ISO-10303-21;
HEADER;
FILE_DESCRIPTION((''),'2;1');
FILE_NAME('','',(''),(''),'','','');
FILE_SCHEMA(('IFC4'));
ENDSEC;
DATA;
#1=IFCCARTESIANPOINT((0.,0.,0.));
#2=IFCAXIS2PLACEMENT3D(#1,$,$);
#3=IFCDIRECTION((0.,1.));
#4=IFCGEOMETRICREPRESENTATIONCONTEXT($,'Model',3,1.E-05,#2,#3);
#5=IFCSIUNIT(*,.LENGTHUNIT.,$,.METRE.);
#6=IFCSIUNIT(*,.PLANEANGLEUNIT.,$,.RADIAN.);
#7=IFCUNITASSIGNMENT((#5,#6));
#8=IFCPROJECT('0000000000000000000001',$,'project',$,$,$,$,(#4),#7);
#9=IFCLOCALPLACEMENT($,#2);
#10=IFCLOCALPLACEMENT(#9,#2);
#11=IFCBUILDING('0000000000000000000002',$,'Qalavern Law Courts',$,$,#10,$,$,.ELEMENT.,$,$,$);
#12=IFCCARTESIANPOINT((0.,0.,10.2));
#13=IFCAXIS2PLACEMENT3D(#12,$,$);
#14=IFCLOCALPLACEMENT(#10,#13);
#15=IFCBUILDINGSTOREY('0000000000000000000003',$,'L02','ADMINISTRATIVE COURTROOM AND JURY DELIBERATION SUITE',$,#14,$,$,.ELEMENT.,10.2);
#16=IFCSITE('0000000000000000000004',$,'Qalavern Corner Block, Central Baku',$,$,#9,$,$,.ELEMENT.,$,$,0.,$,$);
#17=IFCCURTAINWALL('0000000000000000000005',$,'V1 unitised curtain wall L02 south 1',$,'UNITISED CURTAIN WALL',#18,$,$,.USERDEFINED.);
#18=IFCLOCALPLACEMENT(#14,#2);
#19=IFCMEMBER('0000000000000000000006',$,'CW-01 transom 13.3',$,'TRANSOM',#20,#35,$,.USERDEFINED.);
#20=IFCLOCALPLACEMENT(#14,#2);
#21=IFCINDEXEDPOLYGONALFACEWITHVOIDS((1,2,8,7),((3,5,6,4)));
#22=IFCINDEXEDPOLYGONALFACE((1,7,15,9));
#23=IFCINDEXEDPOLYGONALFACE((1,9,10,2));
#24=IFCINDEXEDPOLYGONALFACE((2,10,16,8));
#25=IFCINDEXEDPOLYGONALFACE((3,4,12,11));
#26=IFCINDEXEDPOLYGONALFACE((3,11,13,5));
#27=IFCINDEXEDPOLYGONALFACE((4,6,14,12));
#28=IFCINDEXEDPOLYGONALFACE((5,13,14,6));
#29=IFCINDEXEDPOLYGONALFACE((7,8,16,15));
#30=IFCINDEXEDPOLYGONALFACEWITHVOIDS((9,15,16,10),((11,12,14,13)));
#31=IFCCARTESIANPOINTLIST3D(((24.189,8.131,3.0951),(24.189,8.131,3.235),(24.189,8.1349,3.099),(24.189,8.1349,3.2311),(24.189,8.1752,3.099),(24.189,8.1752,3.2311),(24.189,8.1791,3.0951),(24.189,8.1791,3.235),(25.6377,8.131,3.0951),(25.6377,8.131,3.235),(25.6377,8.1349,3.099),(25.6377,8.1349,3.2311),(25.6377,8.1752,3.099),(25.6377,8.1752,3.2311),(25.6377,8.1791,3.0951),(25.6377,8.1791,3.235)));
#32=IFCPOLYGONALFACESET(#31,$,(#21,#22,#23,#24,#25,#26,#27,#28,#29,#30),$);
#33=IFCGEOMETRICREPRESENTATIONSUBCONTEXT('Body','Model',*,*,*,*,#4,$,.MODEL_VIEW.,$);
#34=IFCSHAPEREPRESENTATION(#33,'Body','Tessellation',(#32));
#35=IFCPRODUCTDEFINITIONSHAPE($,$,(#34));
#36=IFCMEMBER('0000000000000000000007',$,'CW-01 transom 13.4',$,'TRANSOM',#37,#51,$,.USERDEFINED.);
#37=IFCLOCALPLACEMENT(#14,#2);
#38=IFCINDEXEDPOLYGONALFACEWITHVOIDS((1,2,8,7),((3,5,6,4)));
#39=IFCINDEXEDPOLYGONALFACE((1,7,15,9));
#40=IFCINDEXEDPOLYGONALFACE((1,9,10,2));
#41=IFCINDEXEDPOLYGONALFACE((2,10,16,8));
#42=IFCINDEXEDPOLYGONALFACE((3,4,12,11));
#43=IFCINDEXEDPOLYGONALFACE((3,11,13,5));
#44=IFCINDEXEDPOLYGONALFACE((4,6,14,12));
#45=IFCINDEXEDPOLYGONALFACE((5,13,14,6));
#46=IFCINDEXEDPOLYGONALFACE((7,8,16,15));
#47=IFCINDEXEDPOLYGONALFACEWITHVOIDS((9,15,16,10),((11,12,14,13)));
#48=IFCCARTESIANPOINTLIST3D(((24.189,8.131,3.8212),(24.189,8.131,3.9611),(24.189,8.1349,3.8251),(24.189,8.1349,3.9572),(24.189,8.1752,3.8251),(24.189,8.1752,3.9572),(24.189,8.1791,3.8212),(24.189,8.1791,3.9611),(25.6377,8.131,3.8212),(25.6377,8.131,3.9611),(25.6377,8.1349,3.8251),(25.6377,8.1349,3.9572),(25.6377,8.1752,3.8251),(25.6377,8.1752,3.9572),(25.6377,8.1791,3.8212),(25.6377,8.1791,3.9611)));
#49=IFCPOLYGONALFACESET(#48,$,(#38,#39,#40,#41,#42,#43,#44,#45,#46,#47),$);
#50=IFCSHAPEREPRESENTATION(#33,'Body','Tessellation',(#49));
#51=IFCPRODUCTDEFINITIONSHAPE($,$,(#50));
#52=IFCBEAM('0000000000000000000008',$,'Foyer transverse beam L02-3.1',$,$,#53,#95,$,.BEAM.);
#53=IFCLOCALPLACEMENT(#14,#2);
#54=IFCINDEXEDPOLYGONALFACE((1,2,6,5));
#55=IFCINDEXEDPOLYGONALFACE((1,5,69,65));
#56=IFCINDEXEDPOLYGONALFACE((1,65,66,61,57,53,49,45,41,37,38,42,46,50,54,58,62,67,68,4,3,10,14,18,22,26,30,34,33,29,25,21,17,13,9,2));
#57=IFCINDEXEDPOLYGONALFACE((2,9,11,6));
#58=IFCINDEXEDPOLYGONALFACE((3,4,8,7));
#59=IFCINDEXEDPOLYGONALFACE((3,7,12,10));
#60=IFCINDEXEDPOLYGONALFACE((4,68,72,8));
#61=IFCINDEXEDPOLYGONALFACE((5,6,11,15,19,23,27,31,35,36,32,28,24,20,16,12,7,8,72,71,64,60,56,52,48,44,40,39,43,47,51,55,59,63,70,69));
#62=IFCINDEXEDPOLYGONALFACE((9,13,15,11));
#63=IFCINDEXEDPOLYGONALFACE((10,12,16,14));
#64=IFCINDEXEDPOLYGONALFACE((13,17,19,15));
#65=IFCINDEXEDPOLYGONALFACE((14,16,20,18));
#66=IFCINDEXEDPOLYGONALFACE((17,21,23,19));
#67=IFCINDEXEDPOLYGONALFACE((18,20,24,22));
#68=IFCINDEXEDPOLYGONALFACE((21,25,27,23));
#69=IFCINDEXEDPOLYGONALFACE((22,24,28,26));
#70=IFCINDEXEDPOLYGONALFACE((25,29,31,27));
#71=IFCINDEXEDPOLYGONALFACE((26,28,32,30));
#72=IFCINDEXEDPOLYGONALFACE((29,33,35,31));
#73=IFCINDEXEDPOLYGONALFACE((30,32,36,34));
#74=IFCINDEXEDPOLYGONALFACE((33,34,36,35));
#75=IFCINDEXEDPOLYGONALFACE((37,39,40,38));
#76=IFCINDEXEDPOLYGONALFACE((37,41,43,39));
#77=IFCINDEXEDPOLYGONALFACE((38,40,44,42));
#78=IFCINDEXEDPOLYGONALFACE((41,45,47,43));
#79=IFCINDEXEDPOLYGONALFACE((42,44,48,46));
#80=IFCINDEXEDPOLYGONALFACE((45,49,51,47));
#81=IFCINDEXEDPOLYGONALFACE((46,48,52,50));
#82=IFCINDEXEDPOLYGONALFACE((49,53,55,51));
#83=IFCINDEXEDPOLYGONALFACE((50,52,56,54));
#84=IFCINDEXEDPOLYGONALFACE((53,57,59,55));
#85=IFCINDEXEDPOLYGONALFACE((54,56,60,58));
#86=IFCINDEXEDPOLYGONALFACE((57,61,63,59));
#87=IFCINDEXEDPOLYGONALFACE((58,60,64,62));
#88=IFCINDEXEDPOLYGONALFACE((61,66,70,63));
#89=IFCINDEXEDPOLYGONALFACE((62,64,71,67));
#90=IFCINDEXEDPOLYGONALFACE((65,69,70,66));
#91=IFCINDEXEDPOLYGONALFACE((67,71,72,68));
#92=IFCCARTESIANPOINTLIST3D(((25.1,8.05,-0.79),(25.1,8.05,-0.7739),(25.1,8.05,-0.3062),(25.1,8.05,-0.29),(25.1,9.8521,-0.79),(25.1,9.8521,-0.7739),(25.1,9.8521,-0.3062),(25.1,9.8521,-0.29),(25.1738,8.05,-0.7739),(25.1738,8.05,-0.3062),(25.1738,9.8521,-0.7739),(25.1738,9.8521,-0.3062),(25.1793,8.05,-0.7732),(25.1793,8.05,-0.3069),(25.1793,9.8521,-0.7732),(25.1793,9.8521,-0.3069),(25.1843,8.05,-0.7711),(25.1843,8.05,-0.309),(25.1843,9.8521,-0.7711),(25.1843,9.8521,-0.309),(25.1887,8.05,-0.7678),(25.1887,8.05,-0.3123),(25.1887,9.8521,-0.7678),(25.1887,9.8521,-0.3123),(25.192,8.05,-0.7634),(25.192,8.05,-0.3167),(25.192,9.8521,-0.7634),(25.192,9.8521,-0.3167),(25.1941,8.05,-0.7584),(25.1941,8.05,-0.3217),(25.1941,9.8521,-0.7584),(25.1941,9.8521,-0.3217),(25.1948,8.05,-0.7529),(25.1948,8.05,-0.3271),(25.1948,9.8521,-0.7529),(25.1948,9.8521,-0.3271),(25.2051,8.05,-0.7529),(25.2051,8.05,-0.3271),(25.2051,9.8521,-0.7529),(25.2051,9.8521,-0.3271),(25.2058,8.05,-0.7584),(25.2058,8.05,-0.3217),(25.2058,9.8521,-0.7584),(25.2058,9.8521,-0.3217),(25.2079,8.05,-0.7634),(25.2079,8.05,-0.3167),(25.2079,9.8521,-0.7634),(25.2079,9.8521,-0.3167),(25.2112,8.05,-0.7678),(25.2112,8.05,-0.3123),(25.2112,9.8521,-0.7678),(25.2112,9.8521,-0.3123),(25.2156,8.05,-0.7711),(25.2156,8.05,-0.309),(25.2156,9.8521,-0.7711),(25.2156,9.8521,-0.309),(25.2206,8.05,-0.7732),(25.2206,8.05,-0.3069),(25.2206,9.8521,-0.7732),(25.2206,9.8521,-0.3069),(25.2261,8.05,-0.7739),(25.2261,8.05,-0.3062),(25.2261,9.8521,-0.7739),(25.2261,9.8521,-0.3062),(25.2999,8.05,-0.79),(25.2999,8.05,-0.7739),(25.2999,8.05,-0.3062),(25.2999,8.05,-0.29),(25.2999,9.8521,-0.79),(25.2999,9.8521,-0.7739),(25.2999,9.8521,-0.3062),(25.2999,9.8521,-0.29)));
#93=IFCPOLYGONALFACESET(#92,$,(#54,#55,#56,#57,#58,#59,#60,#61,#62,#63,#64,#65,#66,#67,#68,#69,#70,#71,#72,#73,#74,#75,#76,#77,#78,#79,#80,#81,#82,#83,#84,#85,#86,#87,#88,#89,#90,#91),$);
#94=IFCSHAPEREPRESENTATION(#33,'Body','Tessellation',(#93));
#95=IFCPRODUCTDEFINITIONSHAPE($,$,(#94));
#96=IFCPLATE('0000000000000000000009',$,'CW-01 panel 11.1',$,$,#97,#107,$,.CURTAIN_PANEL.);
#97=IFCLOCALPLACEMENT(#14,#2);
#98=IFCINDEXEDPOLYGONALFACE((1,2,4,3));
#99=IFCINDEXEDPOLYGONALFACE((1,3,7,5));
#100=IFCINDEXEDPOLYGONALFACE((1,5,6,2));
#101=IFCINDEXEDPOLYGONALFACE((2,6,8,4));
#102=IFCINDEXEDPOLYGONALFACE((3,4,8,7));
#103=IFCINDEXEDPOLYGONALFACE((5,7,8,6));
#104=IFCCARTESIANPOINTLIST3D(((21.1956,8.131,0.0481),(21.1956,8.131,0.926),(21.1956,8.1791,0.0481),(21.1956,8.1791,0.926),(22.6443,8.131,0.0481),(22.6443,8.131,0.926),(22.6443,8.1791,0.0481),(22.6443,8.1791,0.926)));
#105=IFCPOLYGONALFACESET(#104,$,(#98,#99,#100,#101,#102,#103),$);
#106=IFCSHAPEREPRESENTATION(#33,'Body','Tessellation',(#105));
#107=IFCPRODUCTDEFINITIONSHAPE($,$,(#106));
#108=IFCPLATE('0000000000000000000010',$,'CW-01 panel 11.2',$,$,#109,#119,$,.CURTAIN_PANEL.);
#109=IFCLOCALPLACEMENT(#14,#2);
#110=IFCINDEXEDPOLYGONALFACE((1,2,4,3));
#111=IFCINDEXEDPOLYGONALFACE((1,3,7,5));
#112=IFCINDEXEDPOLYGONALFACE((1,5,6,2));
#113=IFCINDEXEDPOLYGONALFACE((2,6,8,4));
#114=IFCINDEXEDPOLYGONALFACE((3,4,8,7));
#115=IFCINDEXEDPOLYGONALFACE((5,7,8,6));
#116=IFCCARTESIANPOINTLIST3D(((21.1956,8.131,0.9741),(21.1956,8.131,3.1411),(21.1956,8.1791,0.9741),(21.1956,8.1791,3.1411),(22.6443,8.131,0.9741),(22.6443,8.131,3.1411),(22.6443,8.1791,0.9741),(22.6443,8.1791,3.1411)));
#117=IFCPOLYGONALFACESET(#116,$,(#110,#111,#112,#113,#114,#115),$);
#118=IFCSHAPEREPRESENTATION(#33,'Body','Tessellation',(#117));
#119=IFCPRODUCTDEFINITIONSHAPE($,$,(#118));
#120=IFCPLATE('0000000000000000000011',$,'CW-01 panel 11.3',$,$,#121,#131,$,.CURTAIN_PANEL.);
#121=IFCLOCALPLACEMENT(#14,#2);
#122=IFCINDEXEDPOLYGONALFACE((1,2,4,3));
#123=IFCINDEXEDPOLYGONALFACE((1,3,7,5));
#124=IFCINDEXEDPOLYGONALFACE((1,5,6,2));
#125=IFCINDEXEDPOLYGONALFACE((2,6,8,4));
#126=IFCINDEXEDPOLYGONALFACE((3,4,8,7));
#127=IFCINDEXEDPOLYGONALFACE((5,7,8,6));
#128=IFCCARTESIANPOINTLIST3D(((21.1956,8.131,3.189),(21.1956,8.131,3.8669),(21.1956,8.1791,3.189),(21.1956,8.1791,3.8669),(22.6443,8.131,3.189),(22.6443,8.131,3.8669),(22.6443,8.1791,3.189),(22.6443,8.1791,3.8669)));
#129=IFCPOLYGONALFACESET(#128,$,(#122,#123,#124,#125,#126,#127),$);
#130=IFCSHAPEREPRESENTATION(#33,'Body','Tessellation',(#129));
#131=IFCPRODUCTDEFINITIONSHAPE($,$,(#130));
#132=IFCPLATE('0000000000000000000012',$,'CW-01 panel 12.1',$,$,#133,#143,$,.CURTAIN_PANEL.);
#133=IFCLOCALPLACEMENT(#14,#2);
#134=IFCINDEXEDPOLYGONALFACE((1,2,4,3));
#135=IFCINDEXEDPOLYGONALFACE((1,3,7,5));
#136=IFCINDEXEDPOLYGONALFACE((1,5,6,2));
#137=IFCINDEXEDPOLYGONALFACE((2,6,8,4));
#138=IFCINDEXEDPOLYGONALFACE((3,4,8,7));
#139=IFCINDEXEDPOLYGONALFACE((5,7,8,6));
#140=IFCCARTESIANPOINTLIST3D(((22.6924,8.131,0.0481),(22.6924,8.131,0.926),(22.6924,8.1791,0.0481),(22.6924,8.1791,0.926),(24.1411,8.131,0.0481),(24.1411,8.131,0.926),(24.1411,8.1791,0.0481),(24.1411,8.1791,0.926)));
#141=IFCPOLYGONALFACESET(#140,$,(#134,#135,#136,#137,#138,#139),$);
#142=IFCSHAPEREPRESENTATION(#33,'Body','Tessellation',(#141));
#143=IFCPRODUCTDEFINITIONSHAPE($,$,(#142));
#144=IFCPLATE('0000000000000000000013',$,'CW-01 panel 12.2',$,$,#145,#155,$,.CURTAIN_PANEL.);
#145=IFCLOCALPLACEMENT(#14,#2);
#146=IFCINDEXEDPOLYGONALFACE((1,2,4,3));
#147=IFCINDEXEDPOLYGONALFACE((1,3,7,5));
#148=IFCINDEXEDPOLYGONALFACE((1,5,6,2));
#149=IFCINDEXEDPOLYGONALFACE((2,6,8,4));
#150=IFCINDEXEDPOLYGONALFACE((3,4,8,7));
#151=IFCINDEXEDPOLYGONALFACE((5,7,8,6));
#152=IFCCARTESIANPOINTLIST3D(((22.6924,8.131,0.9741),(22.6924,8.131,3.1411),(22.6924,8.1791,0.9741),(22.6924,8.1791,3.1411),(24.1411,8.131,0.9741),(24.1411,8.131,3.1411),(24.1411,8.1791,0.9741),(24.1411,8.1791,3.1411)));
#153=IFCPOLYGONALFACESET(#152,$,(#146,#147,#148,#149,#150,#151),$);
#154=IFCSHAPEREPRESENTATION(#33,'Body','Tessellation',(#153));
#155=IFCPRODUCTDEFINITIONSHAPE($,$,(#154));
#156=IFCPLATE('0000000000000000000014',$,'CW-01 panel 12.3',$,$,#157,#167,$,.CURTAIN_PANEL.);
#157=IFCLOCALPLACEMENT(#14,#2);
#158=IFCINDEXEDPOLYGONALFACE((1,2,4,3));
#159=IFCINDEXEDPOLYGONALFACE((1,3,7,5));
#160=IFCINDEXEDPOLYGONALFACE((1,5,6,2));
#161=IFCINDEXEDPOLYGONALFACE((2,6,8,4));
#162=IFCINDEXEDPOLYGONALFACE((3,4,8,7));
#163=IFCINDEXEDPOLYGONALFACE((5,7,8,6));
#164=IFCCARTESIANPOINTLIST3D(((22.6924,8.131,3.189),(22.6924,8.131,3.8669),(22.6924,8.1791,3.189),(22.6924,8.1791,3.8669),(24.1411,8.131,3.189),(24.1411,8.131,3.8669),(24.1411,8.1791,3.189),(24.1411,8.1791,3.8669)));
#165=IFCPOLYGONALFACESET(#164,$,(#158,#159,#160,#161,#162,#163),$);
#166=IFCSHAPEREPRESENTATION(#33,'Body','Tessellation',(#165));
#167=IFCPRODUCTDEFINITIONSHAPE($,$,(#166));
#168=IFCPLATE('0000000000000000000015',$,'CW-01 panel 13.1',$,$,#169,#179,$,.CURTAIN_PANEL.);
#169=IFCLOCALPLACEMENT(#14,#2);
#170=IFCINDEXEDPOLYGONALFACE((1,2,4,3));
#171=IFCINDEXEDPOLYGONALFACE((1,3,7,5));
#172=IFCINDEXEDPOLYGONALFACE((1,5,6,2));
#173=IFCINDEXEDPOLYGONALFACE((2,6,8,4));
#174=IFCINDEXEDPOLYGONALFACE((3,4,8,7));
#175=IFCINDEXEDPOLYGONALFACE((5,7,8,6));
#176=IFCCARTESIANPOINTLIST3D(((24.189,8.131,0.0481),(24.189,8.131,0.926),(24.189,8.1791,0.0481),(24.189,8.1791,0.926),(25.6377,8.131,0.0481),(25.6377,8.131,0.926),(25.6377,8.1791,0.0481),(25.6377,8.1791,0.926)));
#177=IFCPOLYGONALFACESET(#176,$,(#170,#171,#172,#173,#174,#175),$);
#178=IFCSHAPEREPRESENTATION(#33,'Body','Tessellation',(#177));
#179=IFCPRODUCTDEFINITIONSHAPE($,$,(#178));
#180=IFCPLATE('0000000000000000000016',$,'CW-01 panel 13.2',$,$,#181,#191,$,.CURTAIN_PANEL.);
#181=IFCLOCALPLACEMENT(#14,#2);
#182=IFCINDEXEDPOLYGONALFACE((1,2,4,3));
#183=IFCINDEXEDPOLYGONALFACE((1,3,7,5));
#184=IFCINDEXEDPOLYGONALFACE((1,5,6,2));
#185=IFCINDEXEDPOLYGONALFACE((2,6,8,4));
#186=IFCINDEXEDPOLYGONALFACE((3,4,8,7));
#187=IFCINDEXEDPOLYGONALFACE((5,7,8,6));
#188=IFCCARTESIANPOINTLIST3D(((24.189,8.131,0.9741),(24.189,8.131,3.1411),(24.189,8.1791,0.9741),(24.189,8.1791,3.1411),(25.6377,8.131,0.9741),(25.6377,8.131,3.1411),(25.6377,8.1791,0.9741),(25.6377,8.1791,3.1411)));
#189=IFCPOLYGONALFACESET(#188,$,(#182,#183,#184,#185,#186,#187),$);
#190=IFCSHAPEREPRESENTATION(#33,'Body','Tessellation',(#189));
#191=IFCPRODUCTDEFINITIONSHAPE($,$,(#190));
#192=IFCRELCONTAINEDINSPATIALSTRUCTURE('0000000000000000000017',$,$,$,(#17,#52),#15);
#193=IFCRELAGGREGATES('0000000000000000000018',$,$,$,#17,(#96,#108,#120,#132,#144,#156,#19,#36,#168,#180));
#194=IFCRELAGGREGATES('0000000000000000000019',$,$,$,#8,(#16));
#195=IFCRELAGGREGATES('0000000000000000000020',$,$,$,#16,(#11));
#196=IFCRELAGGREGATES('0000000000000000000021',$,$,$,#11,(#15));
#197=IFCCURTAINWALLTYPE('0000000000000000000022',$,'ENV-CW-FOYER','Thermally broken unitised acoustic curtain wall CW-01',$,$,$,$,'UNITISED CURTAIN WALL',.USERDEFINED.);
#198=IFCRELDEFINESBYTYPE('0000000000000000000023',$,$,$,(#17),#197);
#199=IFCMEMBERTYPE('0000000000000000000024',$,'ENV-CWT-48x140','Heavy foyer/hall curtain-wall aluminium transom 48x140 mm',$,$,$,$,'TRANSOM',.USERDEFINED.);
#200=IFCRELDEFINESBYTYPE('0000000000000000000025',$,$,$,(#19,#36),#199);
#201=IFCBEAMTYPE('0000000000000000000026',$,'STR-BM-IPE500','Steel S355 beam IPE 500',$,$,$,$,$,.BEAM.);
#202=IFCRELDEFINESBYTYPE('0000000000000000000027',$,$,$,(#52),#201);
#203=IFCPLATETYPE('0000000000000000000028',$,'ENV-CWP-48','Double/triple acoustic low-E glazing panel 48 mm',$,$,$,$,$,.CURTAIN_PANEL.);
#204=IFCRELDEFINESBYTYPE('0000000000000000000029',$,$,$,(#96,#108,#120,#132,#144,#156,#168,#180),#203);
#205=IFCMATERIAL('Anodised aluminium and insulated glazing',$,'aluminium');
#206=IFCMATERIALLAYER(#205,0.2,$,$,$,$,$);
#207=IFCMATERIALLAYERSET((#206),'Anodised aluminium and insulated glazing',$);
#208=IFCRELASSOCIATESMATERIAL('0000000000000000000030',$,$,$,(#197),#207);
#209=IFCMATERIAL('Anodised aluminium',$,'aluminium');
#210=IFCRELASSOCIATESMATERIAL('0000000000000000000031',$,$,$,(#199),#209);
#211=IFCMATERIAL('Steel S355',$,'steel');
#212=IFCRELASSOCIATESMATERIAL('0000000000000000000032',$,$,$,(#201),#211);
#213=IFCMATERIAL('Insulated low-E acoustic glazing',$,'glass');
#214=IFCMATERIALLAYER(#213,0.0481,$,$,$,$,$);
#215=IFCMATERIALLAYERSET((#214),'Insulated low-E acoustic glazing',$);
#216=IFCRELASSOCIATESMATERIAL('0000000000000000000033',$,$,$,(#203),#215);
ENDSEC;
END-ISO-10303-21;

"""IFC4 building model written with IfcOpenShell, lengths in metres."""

from ifc_helpers import new_model, si_unit, direction, frame, origin, origin_2d, place, context, subcontext, project, spatial, rectangle, hollow_rectangle, i_section, extrude, material, layer, layer_set, material_profile, profile_set, type_object, element, aggregate, save


model = new_model("IFC4")

# Units and contexts
model_context = context("Model", 3, precision=1e-05, world=origin(), true_north=direction((0.0, 1.0)))
body_context = subcontext(model_context, "Body", "Model", "MODEL_VIEW")
ifc_project = project(units=[si_unit("LENGTHUNIT", "METRE"), si_unit("PLANEANGLEUNIT", "RADIAN")], contexts=[model_context])

# Site, building, storey
site_placement = place(None, origin())
site = spatial("IfcSite", under=ifc_project, at=site_placement, Name="Qalavern Corner Block, Central Baku", CompositionType="ELEMENT", RefElevation=0.0)
building_placement = place(site_placement, origin())
building = spatial("IfcBuilding", under=site, at=building_placement, Name="Qalavern Law Courts", CompositionType="ELEMENT")
storey_placement = place(building_placement, frame((0.0, 0.0, 10.2)))
storey = spatial("IfcBuildingStorey", under=building, at=storey_placement, Name="L02", Description="ADMINISTRATIVE COURTROOM AND JURY DELIBERATION SUITE", CompositionType="ELEMENT", Elevation=10.2)

# Curtain wall, members
ifc_material_1 = material(Name="Anodised aluminium and insulated glazing", Category="aluminium")
ifc_layer_1 = layer(ifc_material_1, 0.2)
ifc_layer_set_1 = layer_set([ifc_layer_1], Name="Anodised aluminium and insulated glazing")
curtain_wall_type = type_object("IfcCurtainWallType", Name="ENV-CW-FOYER", Description="Thermally broken unitised acoustic curtain wall CW-01", ElementType="UNITISED CURTAIN WALL", PredefinedType="USERDEFINED", material=ifc_layer_set_1)
curtain_wall_placement = place(storey_placement, origin())
curtain_wall = element("IfcCurtainWall", 1, at=curtain_wall_placement, inside=storey, type_object=curtain_wall_type, Name="V1 unitised curtain wall L02 south 1", ObjectType="UNITISED CURTAIN WALL", PredefinedType="USERDEFINED")
ifc_material_2 = material(Name="Anodised aluminium", Category="aluminium")
ifc_material_profile_1 = material_profile(ifc_material_2, hollow_rectangle(XDim=0.0481, YDim=0.1399, WallThickness=0.0039, at=origin_2d()), Name="ALU TRANSOM 48x140")
ifc_profile_set_1 = profile_set([ifc_material_profile_1], Name="Anodised aluminium")
member_type_1 = type_object("IfcMemberType", Name="ENV-CWT-48x140", Description="Heavy foyer/hall curtain-wall aluminium transom 48x140 mm", ElementType="TRANSOM", PredefinedType="USERDEFINED", material=ifc_profile_set_1)
member_1_placement = place(storey_placement, frame((24.189, 8.155, 3.165), z_axis=(1.0, 0.0, 0.0), x_axis=(0.0, 1.0, 0.0)))
member_1 = element("IfcMember", 2, at=member_1_placement, type_object=member_type_1, Name="CW-01 transom 13.3", ObjectType="TRANSOM", PredefinedType="USERDEFINED", context=body_context, shape_type="SweptSolid", body=[
    extrude(hollow_rectangle(XDim=0.0481, YDim=0.1399, WallThickness=0.0039, at=origin_2d()), origin(), (0.0, 0.0, 1.0), 1.4487),
])
member_2_placement = place(storey_placement, frame((24.189, 8.155, 3.8911), z_axis=(1.0, 0.0, 0.0), x_axis=(0.0, 1.0, 0.0)))
member_2 = element("IfcMember", 3, at=member_2_placement, type_object=member_type_1, Name="CW-01 transom 13.4", ObjectType="TRANSOM", PredefinedType="USERDEFINED", context=body_context, shape_type="SweptSolid", body=[
    extrude(hollow_rectangle(XDim=0.0481, YDim=0.1399, WallThickness=0.0039, at=origin_2d()), origin(), (0.0, 0.0, 1.0), 1.4487),
])

# Beam
ifc_material_3 = material(Name="Steel S355", Category="steel")
ifc_material_profile_2 = material_profile(ifc_material_3, i_section(OverallWidth=0.2, OverallDepth=0.5, WebThickness=0.0103, FlangeThickness=0.0161, FilletRadius=0.021, at=origin_2d()), Name="IPE 500")
ifc_profile_set_2 = profile_set([ifc_material_profile_2], Name="Steel S355")
beam_type = type_object("IfcBeamType", Name="STR-BM-IPE500", Description="Steel S355 beam IPE 500", PredefinedType="BEAM", material=ifc_profile_set_2)
beam_placement = place(storey_placement, frame((25.2, 8.05, -0.54), z_axis=(0.0, 1.0, 0.0), x_axis=(-1.0, 0.0, 0.0)))
element("IfcBeam", 4, at=beam_placement, inside=storey, type_object=beam_type, Name="Foyer transverse beam L02-3.1", PredefinedType="BEAM", context=body_context, shape_type="SweptSolid", body=[
    extrude(i_section(OverallWidth=0.2, OverallDepth=0.5, WebThickness=0.0103, FlangeThickness=0.0161, FilletRadius=0.021, at=origin_2d()), origin(), (0.0, 0.0, 1.0), 1.802),
])

# Plates
ifc_material_4 = material(Name="Insulated low-E acoustic glazing", Category="glass")
ifc_layer_2 = layer(ifc_material_4, 0.0481)
ifc_layer_set_2 = layer_set([ifc_layer_2], Name="Insulated low-E acoustic glazing")
plate_type = type_object("IfcPlateType", Name="ENV-CWP-48", Description="Double/triple acoustic low-E glazing panel 48 mm", PredefinedType="CURTAIN_PANEL", material=ifc_layer_set_2)
plate_1_placement = place(storey_placement, frame((21.9199, 8.155, 0.0481), z_axis=(0.0, 0.0, 1.0), x_axis=(1.0, 0.0, 0.0)))
plate_1 = element("IfcPlate", 5, at=plate_1_placement, type_object=plate_type, Name="CW-01 panel 11.1", PredefinedType="CURTAIN_PANEL", context=body_context, shape_type="SweptSolid", body=[
    extrude(rectangle(XDim=1.4487, YDim=0.0481, at=origin_2d()), origin(), (0.0, 0.0, 1.0), 0.8779),
])
plate_2_placement = place(storey_placement, frame((21.9199, 8.155, 0.9741), z_axis=(0.0, 0.0, 1.0), x_axis=(1.0, 0.0, 0.0)))
plate_2 = element("IfcPlate", 6, at=plate_2_placement, type_object=plate_type, Name="CW-01 panel 11.2", PredefinedType="CURTAIN_PANEL", context=body_context, shape_type="SweptSolid", body=[
    extrude(rectangle(XDim=1.4487, YDim=0.0481, at=origin_2d()), origin(), (0.0, 0.0, 1.0), 2.167),
])
plate_3_placement = place(storey_placement, frame((21.9199, 8.155, 3.189), z_axis=(0.0, 0.0, 1.0), x_axis=(1.0, 0.0, 0.0)))
plate_3 = element("IfcPlate", 7, at=plate_3_placement, type_object=plate_type, Name="CW-01 panel 11.3", PredefinedType="CURTAIN_PANEL", context=body_context, shape_type="SweptSolid", body=[
    extrude(rectangle(XDim=1.4487, YDim=0.0481, at=origin_2d()), origin(), (0.0, 0.0, 1.0), 0.678),
])
plate_4_placement = place(storey_placement, frame((23.4167, 8.155, 0.0481), z_axis=(0.0, 0.0, 1.0), x_axis=(1.0, 0.0, 0.0)))
plate_4 = element("IfcPlate", 8, at=plate_4_placement, type_object=plate_type, Name="CW-01 panel 12.1", PredefinedType="CURTAIN_PANEL", context=body_context, shape_type="SweptSolid", body=[
    extrude(rectangle(XDim=1.4487, YDim=0.0481, at=origin_2d()), origin(), (0.0, 0.0, 1.0), 0.8779),
])
plate_5_placement = place(storey_placement, frame((23.4167, 8.155, 0.9741), z_axis=(0.0, 0.0, 1.0), x_axis=(1.0, 0.0, 0.0)))
plate_5 = element("IfcPlate", 9, at=plate_5_placement, type_object=plate_type, Name="CW-01 panel 12.2", PredefinedType="CURTAIN_PANEL", context=body_context, shape_type="SweptSolid", body=[
    extrude(rectangle(XDim=1.4487, YDim=0.0481, at=origin_2d()), origin(), (0.0, 0.0, 1.0), 2.167),
])
plate_6_placement = place(storey_placement, frame((23.4167, 8.155, 3.189), z_axis=(0.0, 0.0, 1.0), x_axis=(1.0, 0.0, 0.0)))
plate_6 = element("IfcPlate", 10, at=plate_6_placement, type_object=plate_type, Name="CW-01 panel 12.3", PredefinedType="CURTAIN_PANEL", context=body_context, shape_type="SweptSolid", body=[
    extrude(rectangle(XDim=1.4487, YDim=0.0481, at=origin_2d()), origin(), (0.0, 0.0, 1.0), 0.678),
])
plate_7_placement = place(storey_placement, frame((24.9133, 8.155, 0.0481), z_axis=(0.0, 0.0, 1.0), x_axis=(1.0, 0.0, 0.0)))
plate_7 = element("IfcPlate", 11, at=plate_7_placement, type_object=plate_type, Name="CW-01 panel 13.1", PredefinedType="CURTAIN_PANEL", context=body_context, shape_type="SweptSolid", body=[
    extrude(rectangle(XDim=1.4487, YDim=0.0481, at=origin_2d()), origin(), (0.0, 0.0, 1.0), 0.8779),
])
plate_8_placement = place(storey_placement, frame((24.9133, 8.155, 0.9741), z_axis=(0.0, 0.0, 1.0), x_axis=(1.0, 0.0, 0.0)))
plate_8 = element("IfcPlate", 12, at=plate_8_placement, type_object=plate_type, Name="CW-01 panel 13.2", PredefinedType="CURTAIN_PANEL", context=body_context, shape_type="SweptSolid", body=[
    extrude(rectangle(XDim=1.4487, YDim=0.0481, at=origin_2d()), origin(), (0.0, 0.0, 1.0), 2.167),
])
aggregate(curtain_wall, [plate_1, plate_2, plate_3, plate_4, plate_5, plate_6, member_1, member_2, plate_7, plate_8])

save(model, "model.ifc")
